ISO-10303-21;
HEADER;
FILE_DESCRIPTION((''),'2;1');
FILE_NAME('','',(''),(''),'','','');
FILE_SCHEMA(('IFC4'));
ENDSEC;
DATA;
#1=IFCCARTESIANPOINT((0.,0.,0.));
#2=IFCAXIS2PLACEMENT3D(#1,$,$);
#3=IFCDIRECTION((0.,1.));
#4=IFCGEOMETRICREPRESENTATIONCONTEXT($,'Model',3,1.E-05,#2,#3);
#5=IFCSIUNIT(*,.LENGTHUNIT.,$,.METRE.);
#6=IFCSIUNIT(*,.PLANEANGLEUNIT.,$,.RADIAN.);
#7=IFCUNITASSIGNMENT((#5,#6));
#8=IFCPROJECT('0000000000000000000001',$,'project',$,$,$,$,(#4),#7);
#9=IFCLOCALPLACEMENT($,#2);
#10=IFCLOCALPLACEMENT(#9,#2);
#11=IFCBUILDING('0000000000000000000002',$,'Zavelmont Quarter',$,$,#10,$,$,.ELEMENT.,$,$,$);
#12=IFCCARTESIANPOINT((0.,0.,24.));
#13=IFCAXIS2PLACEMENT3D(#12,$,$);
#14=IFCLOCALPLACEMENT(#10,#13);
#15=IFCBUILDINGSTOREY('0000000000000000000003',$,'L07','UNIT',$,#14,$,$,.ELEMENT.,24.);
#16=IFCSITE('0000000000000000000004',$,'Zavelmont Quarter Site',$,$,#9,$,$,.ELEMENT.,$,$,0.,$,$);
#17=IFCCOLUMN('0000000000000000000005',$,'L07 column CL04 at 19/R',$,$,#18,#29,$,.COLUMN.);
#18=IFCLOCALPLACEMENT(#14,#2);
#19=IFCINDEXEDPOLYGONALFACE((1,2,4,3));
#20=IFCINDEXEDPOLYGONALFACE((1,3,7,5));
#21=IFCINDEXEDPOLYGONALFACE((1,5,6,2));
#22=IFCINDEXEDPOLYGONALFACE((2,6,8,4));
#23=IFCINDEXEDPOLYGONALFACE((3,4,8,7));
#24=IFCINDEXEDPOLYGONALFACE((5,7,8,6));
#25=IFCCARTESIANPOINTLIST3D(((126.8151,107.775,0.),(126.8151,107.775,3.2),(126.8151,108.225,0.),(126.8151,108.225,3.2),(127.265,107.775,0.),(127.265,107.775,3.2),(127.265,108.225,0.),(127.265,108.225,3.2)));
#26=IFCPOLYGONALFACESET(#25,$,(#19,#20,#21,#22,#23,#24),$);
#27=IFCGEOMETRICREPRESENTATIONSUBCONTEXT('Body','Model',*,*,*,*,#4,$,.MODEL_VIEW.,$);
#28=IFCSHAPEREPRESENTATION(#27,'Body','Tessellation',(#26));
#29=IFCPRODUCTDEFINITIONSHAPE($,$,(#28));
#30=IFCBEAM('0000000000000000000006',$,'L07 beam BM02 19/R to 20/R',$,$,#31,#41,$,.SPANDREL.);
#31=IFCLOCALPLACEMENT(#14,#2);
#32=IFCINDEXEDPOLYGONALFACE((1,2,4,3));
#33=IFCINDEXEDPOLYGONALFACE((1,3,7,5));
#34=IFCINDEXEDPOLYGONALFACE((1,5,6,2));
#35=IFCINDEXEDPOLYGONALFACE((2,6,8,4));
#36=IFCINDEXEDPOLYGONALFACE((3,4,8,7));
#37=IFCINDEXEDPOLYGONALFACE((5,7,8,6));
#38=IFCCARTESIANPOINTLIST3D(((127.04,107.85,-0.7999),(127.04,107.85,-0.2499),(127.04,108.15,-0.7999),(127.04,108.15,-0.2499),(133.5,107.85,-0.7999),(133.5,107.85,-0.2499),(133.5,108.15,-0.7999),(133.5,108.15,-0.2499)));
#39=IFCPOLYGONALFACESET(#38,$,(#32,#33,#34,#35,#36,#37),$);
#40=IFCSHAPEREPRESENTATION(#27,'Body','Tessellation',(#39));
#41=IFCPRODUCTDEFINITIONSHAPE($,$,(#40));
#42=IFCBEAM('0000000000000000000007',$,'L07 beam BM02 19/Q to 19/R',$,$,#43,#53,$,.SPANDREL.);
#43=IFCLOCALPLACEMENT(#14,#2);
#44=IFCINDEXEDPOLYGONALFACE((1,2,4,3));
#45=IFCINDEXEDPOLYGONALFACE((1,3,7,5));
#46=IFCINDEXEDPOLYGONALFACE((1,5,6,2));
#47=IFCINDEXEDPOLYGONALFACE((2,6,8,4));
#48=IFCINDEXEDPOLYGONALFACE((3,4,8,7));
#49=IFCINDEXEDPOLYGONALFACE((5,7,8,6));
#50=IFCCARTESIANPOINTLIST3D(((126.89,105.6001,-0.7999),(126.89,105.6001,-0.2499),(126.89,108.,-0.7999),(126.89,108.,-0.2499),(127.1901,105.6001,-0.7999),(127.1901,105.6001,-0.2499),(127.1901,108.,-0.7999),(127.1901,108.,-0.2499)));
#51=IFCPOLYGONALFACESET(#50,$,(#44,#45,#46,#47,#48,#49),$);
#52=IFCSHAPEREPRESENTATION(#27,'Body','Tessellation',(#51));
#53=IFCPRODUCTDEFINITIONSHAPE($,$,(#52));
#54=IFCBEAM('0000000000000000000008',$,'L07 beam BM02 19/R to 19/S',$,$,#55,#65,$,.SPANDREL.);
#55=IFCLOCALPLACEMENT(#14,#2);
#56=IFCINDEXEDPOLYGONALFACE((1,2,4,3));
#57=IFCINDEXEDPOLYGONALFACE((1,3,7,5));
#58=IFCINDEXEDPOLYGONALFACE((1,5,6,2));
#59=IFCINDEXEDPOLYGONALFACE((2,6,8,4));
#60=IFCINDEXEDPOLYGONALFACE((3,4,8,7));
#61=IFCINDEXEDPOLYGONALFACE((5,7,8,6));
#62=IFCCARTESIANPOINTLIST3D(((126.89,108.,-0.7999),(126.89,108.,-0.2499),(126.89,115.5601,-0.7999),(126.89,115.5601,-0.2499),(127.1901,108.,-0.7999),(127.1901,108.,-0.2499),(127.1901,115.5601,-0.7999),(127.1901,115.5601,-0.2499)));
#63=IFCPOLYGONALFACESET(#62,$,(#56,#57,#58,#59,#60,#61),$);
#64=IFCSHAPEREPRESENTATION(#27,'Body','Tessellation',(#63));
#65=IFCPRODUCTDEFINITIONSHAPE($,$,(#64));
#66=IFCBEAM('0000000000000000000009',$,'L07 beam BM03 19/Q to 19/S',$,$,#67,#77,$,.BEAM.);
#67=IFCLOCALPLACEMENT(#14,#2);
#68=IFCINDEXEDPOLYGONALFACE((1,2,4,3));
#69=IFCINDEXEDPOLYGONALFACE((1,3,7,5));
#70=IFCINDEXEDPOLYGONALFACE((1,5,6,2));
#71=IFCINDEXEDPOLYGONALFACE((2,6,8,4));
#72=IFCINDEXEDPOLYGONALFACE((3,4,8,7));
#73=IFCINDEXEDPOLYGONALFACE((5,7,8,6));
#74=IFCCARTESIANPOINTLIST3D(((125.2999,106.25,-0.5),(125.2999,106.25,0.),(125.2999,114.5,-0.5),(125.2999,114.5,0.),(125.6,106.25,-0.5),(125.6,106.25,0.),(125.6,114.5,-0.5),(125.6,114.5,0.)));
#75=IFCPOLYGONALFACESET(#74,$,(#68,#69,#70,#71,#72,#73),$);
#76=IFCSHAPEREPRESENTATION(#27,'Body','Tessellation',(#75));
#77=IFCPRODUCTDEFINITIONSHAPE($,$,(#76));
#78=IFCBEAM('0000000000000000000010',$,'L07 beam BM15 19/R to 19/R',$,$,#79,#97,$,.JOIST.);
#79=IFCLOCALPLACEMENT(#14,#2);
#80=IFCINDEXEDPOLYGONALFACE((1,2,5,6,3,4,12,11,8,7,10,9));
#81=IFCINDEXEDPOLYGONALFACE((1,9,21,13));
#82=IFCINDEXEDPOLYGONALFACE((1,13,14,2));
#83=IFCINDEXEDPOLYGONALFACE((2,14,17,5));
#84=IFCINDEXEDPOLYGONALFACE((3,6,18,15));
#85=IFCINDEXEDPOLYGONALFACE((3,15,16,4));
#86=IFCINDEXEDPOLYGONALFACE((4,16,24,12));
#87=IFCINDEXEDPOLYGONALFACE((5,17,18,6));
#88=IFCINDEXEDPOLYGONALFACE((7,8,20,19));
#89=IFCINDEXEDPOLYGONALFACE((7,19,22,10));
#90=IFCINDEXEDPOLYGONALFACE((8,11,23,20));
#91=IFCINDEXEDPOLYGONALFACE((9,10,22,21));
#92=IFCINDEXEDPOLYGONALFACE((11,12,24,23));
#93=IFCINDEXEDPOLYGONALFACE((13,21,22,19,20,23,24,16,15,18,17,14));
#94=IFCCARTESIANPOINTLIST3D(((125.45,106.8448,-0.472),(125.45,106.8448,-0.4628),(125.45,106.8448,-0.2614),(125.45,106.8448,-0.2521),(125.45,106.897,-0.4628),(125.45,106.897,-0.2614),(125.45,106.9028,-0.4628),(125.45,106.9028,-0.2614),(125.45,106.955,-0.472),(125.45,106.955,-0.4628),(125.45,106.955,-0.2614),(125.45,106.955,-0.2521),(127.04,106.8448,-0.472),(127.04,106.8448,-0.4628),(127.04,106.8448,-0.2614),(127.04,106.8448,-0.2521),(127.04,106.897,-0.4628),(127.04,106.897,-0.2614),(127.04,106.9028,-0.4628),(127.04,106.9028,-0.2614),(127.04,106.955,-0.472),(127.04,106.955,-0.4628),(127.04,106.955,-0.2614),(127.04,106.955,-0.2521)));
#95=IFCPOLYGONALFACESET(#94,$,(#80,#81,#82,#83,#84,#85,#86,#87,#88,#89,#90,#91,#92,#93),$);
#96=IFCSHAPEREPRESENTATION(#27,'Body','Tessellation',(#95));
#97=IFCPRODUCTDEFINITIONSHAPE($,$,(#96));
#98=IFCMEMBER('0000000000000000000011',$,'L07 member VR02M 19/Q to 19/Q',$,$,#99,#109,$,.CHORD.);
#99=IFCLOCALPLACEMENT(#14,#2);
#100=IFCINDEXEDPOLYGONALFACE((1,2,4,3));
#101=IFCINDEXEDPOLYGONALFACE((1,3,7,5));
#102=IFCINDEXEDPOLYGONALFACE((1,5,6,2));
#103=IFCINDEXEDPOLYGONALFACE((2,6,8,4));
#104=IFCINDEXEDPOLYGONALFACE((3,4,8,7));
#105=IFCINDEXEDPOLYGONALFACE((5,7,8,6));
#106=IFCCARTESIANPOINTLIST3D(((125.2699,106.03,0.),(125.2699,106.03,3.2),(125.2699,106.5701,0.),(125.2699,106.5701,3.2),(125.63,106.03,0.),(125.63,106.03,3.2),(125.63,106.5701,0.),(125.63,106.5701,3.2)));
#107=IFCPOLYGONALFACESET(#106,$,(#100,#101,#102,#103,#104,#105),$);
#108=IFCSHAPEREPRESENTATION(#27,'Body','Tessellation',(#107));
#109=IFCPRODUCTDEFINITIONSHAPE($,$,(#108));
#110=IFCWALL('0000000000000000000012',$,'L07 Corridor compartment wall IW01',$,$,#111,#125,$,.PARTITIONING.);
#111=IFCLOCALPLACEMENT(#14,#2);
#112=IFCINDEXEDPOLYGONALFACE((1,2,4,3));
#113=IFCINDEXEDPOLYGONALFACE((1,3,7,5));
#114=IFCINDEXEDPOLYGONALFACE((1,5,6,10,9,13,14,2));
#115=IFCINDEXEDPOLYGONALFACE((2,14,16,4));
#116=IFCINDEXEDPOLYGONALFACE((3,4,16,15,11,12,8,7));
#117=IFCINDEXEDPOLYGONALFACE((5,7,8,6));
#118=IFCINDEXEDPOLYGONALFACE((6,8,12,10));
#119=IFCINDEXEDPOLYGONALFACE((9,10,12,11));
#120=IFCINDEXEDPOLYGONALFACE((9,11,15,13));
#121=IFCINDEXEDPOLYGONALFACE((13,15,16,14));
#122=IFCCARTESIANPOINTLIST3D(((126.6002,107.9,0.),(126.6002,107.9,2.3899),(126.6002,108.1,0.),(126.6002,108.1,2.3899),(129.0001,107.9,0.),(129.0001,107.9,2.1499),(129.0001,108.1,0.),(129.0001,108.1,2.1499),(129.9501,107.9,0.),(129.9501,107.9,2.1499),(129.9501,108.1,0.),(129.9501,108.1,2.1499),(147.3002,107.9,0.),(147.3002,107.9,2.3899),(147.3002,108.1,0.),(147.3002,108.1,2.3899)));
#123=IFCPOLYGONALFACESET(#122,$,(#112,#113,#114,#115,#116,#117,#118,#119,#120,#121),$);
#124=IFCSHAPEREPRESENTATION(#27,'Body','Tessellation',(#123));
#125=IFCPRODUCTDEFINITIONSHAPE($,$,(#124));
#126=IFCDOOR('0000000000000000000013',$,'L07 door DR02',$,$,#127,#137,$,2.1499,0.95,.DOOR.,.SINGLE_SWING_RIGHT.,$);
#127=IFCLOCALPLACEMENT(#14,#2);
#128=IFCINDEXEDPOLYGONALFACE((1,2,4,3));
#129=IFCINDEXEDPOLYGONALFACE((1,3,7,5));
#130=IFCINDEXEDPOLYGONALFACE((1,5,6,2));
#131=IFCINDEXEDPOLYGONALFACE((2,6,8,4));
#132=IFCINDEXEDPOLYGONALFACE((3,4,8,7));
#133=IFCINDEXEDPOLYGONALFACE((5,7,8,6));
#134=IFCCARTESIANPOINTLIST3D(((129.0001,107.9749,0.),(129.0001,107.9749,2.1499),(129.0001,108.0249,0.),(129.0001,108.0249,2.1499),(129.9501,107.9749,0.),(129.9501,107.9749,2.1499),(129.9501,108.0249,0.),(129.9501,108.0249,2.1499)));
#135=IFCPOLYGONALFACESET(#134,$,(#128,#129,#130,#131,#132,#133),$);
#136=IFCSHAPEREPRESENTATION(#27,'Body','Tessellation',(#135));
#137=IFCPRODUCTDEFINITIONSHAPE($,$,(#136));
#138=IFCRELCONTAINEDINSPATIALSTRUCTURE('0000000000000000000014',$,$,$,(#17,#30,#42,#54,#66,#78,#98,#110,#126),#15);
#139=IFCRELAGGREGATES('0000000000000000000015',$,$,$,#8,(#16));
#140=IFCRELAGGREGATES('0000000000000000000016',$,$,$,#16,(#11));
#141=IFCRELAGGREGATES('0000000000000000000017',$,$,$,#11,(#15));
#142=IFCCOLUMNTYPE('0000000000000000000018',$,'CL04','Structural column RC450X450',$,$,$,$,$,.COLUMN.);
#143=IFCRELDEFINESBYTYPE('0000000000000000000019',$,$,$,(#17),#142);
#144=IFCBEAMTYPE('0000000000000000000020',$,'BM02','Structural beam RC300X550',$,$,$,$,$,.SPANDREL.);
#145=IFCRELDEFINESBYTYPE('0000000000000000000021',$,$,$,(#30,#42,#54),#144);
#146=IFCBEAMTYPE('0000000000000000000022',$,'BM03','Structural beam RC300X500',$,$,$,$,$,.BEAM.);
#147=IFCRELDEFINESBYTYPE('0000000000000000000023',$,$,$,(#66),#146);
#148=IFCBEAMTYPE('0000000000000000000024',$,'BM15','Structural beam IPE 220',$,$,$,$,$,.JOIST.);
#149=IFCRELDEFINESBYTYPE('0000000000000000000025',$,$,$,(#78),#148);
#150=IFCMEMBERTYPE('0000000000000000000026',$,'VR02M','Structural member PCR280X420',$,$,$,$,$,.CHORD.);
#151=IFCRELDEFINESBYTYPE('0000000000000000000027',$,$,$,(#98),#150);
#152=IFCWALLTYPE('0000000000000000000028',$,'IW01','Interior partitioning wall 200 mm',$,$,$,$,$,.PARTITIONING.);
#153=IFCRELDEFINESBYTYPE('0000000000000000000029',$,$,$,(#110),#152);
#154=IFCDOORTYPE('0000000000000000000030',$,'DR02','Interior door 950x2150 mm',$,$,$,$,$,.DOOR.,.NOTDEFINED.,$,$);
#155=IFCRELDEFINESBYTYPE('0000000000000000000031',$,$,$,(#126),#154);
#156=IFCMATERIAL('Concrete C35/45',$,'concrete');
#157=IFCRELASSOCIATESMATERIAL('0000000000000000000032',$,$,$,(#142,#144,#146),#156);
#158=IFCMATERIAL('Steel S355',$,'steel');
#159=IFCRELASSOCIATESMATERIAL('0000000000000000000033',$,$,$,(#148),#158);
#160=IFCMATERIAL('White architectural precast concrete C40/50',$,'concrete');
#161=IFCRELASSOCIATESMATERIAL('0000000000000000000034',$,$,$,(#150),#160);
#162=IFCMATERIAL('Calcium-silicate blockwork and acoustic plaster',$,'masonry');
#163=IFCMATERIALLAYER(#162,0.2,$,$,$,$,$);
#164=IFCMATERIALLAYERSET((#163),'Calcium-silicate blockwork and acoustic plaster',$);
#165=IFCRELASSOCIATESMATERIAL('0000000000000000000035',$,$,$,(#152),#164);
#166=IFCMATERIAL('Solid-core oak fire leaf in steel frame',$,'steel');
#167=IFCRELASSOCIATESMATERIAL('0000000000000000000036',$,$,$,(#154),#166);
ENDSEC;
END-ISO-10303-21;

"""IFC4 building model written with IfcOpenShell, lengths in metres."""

from ifc_helpers import new_model, si_unit, direction, frame, frame_2d, origin, origin_with_axes, origin_2d, place, context, subcontext, project, spatial, rectangle, i_section, extrude, material, layer, layer_set, material_profile, profile_set, type_object, element, fill, save


model = new_model("IFC4")

# Units and contexts
model_context = context("Model", 3, precision=1e-05, world=origin(), true_north=direction((0.0, 1.0)))
body_context = subcontext(model_context, "Body", "Model", "MODEL_VIEW")
ifc_project = project(units=[si_unit("LENGTHUNIT", "METRE"), si_unit("PLANEANGLEUNIT", "RADIAN")], contexts=[model_context])

# Site, building, storey
site_placement = place(None, origin())
site = spatial("IfcSite", under=ifc_project, at=site_placement, Name="Zavelmont Quarter Site", CompositionType="ELEMENT", RefElevation=0.0)
building_placement = place(site_placement, origin())
building = spatial("IfcBuilding", under=site, at=building_placement, Name="Zavelmont Quarter", CompositionType="ELEMENT")
storey_placement = place(building_placement, frame((0.0, 0.0, 24.0)))
storey = spatial("IfcBuildingStorey", under=building, at=storey_placement, Name="L07", Description="UNIT", CompositionType="ELEMENT", Elevation=24.0)

# Column
ifc_material_1 = material(Name="Concrete C35/45", Category="concrete")
ifc_material_profile_1 = material_profile(ifc_material_1, rectangle(XDim=0.45, YDim=0.45, at=origin_2d()), Name="RC450X450")
ifc_profile_set_1 = profile_set([ifc_material_profile_1], Name="Concrete C35/45")
column_type = type_object("IfcColumnType", Name="CL04", Description="Structural column RC450X450", PredefinedType="COLUMN", material=ifc_profile_set_1)
column_placement = place(storey_placement, frame((127.04, 108.0, 0.0), z_axis=(0.0, 0.0, 1.0), x_axis=(1.0, 0.0, 0.0)))
element("IfcColumn", 1, at=column_placement, inside=storey, type_object=column_type, Name="L07 column CL04 at 19/R", PredefinedType="COLUMN", context=body_context, shape_type="SweptSolid", body=[
    extrude(rectangle(XDim=0.45, YDim=0.45, at=origin_2d()), origin(), (0.0, 0.0, 1.0), 3.2),
])

# Beams
ifc_material_profile_2 = material_profile(ifc_material_1, rectangle(XDim=0.3, YDim=0.55, at=origin_2d()), Name="RC300X550")
ifc_profile_set_2 = profile_set([ifc_material_profile_2], Name="Concrete C35/45")
beam_type_1 = type_object("IfcBeamType", Name="BM02", Description="Structural beam RC300X550", PredefinedType="SPANDREL", material=ifc_profile_set_2)
beam_1_placement = place(storey_placement, frame((127.04, 108.0, -0.5249), z_axis=(1.0, 0.0, 0.0), x_axis=(0.0, 1.0, 0.0)))
element("IfcBeam", 2, at=beam_1_placement, inside=storey, type_object=beam_type_1, Name="L07 beam BM02 19/R to 20/R", PredefinedType="SPANDREL", context=body_context, shape_type="SweptSolid", body=[
    extrude(rectangle(XDim=0.3, YDim=0.55, at=origin_2d()), origin(), (0.0, 0.0, 1.0), 6.46),
])
beam_2_placement = place(storey_placement, frame((127.04, 105.6001, -0.5249), z_axis=(0.0, 1.0, 0.0), x_axis=(-1.0, 0.0, 0.0)))
element("IfcBeam", 3, at=beam_2_placement, inside=storey, type_object=beam_type_1, Name="L07 beam BM02 19/Q to 19/R", PredefinedType="SPANDREL", context=body_context, shape_type="SweptSolid", body=[
    extrude(rectangle(XDim=0.3, YDim=0.55, at=origin_2d()), origin(), (0.0, 0.0, 1.0), 2.3999),
])
beam_3_placement = place(storey_placement, frame((127.04, 108.0, -0.5249), z_axis=(0.0, 1.0, 0.0), x_axis=(-1.0, 0.0, 0.0)))
element("IfcBeam", 4, at=beam_3_placement, inside=storey, type_object=beam_type_1, Name="L07 beam BM02 19/R to 19/S", PredefinedType="SPANDREL", context=body_context, shape_type="SweptSolid", body=[
    extrude(rectangle(XDim=0.3, YDim=0.55, at=origin_2d()), origin(), (0.0, 0.0, 1.0), 7.5601),
])
ifc_material_profile_3 = material_profile(ifc_material_1, rectangle(XDim=0.3, YDim=0.5, at=origin_2d()), Name="RC300X500")
ifc_profile_set_3 = profile_set([ifc_material_profile_3], Name="Concrete C35/45")
beam_type_2 = type_object("IfcBeamType", Name="BM03", Description="Structural beam RC300X500", PredefinedType="BEAM", material=ifc_profile_set_3)
beam_4_placement = place(storey_placement, frame((125.45, 106.25, -0.25), z_axis=(0.0, 1.0, 0.0), x_axis=(-1.0, 0.0, 0.0)))
element("IfcBeam", 5, at=beam_4_placement, inside=storey, type_object=beam_type_2, Name="L07 beam BM03 19/Q to 19/S", PredefinedType="BEAM", context=body_context, shape_type="SweptSolid", body=[
    extrude(rectangle(XDim=0.3, YDim=0.5, at=origin_2d()), origin(), (0.0, 0.0, 1.0), 8.25),
])
ifc_material_2 = material(Name="Steel S355", Category="steel")
ifc_material_profile_4 = material_profile(ifc_material_2, i_section(OverallWidth=0.1101, OverallDepth=0.22, WebThickness=0.0059, FlangeThickness=0.0093, at=origin_2d()), Name="IPE 220")
ifc_profile_set_4 = profile_set([ifc_material_profile_4], Name="Steel S355")
beam_type_3 = type_object("IfcBeamType", Name="BM15", Description="Structural beam IPE 220", PredefinedType="JOIST", material=ifc_profile_set_4)
beam_5_placement = place(storey_placement, frame((127.04, 106.8999, -0.3621), z_axis=(-1.0, 0.0, 0.0), x_axis=(0.0, -1.0, 0.0)))
element("IfcBeam", 6, at=beam_5_placement, inside=storey, type_object=beam_type_3, Name="L07 beam BM15 19/R to 19/R", PredefinedType="JOIST", context=body_context, shape_type="SweptSolid", body=[
    extrude(i_section(OverallWidth=0.1101, OverallDepth=0.22, WebThickness=0.0059, FlangeThickness=0.0093, at=origin_2d()), origin(), (0.0, 0.0, 1.0), 1.5901),
])

# Member
ifc_material_3 = material(Name="White architectural precast concrete C40/50", Category="concrete")
ifc_material_profile_5 = material_profile(ifc_material_3, rectangle(XDim=0.3601, YDim=0.54, at=origin_2d()), Name="PCR280X420")
ifc_profile_set_5 = profile_set([ifc_material_profile_5], Name="White architectural precast concrete C40/50")
member_type = type_object("IfcMemberType", Name="VR02M", Description="Structural member PCR280X420", PredefinedType="CHORD", material=ifc_profile_set_5)
member_placement = place(storey_placement, frame((125.45, 106.3, 0.0), z_axis=(0.0, 0.0, 1.0), x_axis=(1.0, 0.0, 0.0)))
element("IfcMember", 7, at=member_placement, inside=storey, type_object=member_type, Name="L07 member VR02M 19/Q to 19/Q", PredefinedType="CHORD", context=body_context, shape_type="SweptSolid", body=[
    extrude(rectangle(XDim=0.3601, YDim=0.54, at=origin_2d()), origin(), (0.0, 0.0, 1.0), 3.2),
])

# Wall, opening, door
ifc_material_4 = material(Name="Calcium-silicate blockwork and acoustic plaster", Category="masonry")
ifc_layer = layer(ifc_material_4, 0.2)
ifc_layer_set = layer_set([ifc_layer], Name="Calcium-silicate blockwork and acoustic plaster")
wall_type = type_object("IfcWallType", Name="IW01", Description="Interior partitioning wall 200 mm", PredefinedType="PARTITIONING", material=ifc_layer_set)
wall_placement = place(storey_placement, frame((126.6001, 108.0, 0.0), z_axis=(0.0, 0.0, 1.0), x_axis=(1.0, 0.0, 0.0)))
wall = element("IfcWall", 8, at=wall_placement, inside=storey, type_object=wall_type, Name="L07 Corridor compartment wall IW01", PredefinedType="PARTITIONING", context=body_context, shape_type="SweptSolid", body=[
    extrude(rectangle(XDim=20.7, YDim=0.2, at=frame_2d((10.3501, 0.0))), origin(), (0.0, 0.0, 1.0), 2.3899),
])
opening_placement = place(wall_placement, frame((2.3999, 0.0, 0.0)))
opening = element("IfcOpeningElement", 9, at=opening_placement, cuts=wall, PredefinedType="OPENING", context=body_context, shape_type="SweptSolid", body=[
    extrude(rectangle(XDim=0.95, YDim=2.1499, at=frame_2d((0.4751, 1.075))), frame((0.0, 0.1118, 0.0), z_axis=(0.0, -1.0, 0.0), x_axis=(1.0, 0.0, 0.0)), (0.0, 0.0, 1.0), 0.2239),
])
ifc_material_5 = material(Name="Solid-core oak fire leaf in steel frame", Category="steel")
door_type = type_object("IfcDoorType", Name="DR02", Description="Interior door 950x2150 mm", OperationType="NOTDEFINED", PredefinedType="DOOR", material=ifc_material_5)
door_placement = place(opening_placement, origin_with_axes())
door = element("IfcDoor", 10, at=door_placement, inside=storey, type_object=door_type, Name="L07 door DR02", OperationType="SINGLE_SWING_RIGHT", OverallHeight=2.1499, OverallWidth=0.95, PredefinedType="DOOR", context=body_context, shape_type="SweptSolid", body=[
    extrude(rectangle(XDim=0.95, YDim=2.1499, at=frame_2d((0.4751, 1.075))), frame((0.0, 0.0249, 0.0), z_axis=(0.0, -1.0, 0.0), x_axis=(1.0, 0.0, 0.0)), (0.0, 0.0, 1.0), 0.05),
])
fill(opening, door)

save(model, "model.ifc")
